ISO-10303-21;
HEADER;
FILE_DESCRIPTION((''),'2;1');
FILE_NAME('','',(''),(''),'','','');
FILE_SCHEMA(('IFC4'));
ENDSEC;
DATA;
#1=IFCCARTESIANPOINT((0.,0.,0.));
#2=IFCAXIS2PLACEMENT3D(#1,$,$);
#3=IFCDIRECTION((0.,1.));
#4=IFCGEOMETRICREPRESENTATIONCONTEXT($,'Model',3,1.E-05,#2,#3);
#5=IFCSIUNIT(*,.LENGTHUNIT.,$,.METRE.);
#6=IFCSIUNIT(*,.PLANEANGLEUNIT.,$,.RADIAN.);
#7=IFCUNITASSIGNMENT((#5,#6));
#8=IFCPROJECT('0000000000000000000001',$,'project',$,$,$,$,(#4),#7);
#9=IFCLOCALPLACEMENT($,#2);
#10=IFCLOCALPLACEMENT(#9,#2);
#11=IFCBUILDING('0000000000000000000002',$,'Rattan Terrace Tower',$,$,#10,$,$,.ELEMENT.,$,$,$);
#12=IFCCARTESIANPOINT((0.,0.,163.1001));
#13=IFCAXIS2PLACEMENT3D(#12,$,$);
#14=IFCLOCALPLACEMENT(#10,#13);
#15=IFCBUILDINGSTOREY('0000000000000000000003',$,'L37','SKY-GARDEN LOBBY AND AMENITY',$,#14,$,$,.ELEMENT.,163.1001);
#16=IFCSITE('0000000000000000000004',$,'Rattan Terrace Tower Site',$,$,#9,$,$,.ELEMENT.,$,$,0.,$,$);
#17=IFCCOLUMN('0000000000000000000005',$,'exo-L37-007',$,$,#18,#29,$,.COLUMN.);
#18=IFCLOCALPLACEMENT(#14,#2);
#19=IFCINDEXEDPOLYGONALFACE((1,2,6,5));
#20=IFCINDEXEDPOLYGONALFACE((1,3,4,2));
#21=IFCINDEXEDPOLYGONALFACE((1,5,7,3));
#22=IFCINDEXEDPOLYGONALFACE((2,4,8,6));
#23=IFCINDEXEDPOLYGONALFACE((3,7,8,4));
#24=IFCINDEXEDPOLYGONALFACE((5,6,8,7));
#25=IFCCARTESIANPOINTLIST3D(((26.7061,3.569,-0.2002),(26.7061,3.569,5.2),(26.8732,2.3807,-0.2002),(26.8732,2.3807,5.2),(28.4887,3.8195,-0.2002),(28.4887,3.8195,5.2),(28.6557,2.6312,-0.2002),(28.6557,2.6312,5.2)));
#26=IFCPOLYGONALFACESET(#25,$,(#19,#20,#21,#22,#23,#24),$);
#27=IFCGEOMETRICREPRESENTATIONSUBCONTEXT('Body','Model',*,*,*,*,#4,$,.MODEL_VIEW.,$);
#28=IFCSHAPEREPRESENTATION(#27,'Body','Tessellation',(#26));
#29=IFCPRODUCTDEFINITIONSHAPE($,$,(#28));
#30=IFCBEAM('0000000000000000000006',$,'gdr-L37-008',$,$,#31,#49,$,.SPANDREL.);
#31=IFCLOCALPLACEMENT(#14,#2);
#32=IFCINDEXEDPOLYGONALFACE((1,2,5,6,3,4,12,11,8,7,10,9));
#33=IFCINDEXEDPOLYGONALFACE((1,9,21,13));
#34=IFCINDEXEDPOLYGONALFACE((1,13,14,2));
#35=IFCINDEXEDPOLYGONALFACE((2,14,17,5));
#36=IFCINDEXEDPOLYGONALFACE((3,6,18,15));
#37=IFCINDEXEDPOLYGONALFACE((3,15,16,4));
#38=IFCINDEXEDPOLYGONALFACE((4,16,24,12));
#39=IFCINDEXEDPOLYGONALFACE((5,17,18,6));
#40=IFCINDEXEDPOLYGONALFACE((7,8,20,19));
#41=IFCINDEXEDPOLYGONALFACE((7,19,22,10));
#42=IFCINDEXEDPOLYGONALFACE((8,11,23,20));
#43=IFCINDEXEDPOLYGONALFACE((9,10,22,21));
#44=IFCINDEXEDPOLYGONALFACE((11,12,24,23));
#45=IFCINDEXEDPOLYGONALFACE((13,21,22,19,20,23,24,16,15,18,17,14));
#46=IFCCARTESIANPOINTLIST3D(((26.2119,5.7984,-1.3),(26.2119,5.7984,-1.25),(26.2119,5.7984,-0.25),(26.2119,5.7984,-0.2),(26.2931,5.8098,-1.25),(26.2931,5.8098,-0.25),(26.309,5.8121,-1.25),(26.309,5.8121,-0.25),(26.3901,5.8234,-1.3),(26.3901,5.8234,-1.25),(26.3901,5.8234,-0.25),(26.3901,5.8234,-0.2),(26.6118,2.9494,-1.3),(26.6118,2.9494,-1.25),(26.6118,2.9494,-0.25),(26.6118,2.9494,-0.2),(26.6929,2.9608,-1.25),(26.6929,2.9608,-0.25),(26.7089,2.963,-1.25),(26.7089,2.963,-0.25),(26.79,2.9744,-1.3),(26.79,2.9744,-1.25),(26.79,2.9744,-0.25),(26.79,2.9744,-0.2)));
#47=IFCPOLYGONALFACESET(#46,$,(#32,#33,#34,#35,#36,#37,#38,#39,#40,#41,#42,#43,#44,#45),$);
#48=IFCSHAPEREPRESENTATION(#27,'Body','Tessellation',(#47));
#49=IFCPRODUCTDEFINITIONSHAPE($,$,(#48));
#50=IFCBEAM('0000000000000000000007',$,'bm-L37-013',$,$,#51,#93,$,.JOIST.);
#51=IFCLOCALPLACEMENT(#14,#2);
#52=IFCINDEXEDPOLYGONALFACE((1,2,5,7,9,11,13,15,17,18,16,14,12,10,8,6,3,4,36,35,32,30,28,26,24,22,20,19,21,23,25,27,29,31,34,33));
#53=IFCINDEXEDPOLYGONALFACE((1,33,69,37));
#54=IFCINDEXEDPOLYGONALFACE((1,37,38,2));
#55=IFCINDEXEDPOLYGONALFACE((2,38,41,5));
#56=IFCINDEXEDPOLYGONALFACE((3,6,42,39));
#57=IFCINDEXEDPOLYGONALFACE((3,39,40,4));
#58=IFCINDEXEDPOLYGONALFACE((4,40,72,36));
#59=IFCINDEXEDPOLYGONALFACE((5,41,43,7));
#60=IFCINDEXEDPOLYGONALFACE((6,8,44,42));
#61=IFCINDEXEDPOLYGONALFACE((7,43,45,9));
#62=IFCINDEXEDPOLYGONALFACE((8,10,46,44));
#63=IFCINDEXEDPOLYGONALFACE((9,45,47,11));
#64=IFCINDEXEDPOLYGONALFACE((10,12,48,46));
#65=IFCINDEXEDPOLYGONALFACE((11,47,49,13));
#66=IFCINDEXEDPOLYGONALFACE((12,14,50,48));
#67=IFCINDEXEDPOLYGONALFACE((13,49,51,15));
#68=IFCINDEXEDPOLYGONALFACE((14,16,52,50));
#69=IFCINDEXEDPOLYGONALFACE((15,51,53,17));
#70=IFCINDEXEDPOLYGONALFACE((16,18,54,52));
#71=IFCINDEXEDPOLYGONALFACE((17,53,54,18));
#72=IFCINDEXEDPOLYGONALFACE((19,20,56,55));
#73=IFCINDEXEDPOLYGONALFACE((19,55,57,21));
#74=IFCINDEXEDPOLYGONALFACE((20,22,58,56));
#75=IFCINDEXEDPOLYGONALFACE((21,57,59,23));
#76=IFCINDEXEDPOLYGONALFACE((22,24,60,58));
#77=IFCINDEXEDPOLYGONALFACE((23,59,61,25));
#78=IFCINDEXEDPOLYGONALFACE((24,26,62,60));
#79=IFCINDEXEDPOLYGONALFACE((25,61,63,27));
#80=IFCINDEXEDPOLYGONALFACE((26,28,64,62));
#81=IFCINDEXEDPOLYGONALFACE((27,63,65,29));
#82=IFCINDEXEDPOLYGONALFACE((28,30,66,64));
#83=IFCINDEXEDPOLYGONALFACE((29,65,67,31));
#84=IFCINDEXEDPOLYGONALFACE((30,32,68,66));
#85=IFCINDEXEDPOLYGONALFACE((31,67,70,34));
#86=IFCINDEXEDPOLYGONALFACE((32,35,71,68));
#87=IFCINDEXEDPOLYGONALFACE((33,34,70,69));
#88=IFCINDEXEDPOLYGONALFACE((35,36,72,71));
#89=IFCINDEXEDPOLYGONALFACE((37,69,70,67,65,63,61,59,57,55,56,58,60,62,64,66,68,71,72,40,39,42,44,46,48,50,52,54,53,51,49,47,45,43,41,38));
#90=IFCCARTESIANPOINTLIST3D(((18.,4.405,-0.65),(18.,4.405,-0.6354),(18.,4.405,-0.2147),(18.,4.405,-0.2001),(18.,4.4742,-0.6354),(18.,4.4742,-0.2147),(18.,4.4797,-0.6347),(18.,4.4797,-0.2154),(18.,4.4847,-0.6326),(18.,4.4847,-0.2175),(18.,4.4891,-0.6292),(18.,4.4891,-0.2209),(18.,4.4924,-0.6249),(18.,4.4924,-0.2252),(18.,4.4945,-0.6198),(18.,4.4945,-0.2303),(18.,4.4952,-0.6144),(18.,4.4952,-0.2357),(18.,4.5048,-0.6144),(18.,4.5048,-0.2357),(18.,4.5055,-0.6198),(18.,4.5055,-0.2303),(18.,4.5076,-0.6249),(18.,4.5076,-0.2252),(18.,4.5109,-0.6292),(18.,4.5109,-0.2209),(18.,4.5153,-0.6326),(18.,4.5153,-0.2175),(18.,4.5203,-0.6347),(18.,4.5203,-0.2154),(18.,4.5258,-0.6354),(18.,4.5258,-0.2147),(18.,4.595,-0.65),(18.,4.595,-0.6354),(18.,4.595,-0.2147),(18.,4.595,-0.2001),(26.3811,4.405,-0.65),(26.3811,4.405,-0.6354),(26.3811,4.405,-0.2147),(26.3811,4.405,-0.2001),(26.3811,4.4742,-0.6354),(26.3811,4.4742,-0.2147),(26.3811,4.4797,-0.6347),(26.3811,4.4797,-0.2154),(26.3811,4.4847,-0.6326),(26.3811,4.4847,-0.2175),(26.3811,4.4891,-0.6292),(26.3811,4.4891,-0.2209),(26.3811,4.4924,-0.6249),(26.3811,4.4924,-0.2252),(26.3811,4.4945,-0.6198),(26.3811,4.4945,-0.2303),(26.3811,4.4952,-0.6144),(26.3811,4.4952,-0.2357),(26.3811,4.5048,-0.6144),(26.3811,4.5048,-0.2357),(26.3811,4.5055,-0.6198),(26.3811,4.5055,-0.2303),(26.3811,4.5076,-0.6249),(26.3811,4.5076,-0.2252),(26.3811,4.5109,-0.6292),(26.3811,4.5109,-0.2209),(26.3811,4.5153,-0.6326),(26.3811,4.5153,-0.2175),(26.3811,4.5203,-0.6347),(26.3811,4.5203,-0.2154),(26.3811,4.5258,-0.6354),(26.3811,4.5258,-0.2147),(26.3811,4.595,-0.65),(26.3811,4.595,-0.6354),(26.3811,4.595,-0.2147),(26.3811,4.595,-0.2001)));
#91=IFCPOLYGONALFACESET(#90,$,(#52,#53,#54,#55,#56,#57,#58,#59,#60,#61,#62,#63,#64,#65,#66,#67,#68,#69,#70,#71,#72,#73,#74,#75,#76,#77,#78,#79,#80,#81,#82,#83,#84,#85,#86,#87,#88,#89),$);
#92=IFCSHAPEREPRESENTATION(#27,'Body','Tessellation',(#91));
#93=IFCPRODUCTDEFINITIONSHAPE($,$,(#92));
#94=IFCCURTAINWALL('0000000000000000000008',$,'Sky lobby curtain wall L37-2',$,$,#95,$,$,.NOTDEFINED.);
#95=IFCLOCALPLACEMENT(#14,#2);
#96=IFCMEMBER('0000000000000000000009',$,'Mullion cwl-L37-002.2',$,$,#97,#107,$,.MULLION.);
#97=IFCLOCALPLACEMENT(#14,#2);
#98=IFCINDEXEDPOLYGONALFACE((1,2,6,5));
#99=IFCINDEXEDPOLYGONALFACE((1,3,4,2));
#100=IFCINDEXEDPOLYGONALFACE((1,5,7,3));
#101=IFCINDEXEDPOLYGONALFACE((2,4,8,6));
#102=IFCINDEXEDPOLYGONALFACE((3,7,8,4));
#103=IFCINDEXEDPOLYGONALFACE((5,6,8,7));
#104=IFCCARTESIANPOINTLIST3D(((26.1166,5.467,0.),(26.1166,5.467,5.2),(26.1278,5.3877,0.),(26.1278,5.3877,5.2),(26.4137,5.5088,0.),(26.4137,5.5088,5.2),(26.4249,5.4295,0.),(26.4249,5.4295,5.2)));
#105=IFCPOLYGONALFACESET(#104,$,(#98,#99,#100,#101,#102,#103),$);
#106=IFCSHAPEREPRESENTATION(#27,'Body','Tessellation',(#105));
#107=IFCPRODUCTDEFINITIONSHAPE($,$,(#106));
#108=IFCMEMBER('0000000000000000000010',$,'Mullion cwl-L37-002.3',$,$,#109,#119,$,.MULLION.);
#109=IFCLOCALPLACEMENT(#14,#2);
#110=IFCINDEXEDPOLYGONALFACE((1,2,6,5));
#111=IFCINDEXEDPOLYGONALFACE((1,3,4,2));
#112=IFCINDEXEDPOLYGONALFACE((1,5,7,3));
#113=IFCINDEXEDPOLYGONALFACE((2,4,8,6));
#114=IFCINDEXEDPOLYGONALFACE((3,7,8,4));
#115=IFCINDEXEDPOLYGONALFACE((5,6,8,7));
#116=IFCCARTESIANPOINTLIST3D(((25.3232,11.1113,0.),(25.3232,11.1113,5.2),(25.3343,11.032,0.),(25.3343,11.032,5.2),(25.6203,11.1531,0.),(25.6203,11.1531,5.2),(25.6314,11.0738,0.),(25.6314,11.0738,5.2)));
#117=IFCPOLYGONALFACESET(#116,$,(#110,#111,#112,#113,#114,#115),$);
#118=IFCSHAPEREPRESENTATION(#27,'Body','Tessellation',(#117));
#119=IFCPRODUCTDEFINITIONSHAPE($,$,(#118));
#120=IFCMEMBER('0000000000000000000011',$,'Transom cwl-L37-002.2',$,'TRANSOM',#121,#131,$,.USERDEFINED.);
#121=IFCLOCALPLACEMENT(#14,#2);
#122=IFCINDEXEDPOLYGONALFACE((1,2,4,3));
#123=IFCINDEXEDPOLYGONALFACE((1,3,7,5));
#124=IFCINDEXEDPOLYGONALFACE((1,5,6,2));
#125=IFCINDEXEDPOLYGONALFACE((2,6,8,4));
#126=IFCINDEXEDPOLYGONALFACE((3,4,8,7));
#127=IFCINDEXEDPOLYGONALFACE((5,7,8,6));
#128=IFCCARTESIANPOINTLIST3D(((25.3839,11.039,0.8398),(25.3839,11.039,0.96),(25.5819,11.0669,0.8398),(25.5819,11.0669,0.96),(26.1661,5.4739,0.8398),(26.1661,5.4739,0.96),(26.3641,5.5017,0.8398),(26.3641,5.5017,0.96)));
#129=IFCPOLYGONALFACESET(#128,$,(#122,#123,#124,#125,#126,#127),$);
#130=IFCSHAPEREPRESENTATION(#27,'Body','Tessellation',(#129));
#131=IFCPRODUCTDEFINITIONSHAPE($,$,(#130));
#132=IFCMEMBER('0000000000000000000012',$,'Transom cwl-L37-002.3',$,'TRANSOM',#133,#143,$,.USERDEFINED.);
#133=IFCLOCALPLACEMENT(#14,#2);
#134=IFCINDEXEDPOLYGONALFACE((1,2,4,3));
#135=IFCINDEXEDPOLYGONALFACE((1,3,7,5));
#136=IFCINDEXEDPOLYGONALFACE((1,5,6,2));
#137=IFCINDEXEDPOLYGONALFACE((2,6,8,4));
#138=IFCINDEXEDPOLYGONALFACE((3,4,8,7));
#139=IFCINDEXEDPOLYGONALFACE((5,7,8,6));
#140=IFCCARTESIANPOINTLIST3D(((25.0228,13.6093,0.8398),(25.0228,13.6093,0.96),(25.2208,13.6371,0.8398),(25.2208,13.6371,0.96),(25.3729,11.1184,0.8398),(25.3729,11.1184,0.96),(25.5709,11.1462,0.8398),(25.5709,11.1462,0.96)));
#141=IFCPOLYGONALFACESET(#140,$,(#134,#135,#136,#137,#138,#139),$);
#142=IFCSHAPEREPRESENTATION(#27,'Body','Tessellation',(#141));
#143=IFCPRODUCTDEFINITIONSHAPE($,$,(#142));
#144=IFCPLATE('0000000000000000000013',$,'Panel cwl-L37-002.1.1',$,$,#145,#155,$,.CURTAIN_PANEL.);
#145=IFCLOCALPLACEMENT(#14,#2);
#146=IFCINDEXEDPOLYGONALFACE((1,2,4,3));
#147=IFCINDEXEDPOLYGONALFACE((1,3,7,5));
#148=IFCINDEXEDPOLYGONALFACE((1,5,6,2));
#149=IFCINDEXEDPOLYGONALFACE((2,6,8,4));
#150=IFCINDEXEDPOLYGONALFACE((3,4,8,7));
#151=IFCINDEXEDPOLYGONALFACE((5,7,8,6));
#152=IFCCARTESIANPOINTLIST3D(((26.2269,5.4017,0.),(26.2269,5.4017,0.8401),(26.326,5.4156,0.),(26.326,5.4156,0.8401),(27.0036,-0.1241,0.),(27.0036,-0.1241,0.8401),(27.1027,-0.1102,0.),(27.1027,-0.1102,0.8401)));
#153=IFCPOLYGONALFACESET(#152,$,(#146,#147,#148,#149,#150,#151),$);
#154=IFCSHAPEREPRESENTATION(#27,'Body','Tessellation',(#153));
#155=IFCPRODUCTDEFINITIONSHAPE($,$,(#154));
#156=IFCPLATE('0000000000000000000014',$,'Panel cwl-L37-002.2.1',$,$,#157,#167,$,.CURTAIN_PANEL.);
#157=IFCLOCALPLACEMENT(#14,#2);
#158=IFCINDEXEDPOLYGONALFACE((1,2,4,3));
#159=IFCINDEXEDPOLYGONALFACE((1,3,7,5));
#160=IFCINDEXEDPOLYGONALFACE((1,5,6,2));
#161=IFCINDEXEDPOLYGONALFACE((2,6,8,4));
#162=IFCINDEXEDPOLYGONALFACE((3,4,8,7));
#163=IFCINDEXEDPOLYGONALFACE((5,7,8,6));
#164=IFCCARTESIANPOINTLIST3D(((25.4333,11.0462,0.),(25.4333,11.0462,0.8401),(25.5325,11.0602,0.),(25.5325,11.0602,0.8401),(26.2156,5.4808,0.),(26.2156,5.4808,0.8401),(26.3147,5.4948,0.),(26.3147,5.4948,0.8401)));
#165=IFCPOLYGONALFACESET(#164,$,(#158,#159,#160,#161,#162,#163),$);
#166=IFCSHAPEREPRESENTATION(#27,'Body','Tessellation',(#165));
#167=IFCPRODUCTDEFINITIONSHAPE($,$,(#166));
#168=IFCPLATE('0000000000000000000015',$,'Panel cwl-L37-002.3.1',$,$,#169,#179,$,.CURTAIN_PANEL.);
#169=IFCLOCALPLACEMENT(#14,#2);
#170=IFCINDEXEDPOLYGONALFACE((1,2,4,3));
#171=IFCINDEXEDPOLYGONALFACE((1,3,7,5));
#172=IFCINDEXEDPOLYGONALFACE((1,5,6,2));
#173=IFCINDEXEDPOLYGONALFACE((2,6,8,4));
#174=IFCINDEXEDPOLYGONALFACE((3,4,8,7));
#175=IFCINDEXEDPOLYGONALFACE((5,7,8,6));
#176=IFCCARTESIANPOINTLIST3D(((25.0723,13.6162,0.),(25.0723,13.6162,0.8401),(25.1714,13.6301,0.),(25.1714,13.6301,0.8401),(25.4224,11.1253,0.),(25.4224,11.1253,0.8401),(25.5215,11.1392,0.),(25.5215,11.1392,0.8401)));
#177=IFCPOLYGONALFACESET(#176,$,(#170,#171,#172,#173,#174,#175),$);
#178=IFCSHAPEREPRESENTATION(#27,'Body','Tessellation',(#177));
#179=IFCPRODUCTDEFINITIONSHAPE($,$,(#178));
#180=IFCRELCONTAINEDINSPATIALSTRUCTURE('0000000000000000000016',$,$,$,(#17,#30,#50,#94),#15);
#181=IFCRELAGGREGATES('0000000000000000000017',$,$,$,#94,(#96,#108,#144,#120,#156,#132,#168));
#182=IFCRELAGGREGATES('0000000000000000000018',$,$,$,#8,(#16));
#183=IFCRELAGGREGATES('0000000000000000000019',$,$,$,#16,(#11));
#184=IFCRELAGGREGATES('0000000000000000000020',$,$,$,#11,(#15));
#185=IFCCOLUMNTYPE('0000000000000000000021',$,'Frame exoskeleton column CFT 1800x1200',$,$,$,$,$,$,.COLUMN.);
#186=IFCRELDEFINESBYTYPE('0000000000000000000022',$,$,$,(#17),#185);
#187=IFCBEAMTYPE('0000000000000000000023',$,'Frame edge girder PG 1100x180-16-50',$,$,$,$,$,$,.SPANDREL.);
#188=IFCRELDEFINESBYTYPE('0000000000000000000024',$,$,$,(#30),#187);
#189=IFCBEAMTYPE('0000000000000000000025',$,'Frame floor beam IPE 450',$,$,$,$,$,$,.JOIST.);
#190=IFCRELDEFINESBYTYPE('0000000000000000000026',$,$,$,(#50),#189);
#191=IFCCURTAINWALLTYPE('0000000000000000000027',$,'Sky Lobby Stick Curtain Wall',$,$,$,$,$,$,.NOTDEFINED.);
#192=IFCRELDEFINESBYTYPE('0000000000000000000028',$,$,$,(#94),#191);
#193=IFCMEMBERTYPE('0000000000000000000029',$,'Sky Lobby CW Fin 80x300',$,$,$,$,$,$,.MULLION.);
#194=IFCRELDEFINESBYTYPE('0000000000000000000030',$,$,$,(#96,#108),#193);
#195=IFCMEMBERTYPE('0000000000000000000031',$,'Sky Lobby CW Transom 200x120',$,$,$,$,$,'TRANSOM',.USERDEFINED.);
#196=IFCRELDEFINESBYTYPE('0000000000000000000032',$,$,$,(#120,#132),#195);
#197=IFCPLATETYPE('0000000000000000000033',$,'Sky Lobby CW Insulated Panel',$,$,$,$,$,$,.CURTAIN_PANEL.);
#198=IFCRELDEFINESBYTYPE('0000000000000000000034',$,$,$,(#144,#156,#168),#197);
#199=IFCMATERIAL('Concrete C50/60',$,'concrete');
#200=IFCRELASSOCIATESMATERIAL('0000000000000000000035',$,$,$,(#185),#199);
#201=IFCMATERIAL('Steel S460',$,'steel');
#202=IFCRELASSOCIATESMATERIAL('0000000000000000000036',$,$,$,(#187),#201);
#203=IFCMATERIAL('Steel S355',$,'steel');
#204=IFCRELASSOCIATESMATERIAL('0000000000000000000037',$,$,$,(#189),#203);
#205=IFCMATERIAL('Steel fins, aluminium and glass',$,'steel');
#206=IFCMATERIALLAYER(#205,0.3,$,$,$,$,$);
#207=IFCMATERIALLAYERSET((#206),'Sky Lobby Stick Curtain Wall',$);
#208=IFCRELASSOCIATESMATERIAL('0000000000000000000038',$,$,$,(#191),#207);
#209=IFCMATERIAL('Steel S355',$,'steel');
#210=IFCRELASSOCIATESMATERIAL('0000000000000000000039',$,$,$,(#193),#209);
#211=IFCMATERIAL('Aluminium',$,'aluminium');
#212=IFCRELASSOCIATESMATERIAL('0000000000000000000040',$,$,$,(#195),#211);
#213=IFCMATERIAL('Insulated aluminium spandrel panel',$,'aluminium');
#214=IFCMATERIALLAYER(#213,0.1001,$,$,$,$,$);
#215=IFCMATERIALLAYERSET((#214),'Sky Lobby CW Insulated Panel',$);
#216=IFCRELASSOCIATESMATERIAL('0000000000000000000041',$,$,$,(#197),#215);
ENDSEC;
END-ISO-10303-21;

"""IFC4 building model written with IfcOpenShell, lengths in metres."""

from ifc_helpers import new_model, si_unit, direction, frame, origin, origin_2d, place, context, subcontext, project, spatial, rectangle, i_section, extrude, material, layer, layer_set, material_profile, profile_set, type_object, element, aggregate, save


model = new_model("IFC4")

# Units and contexts
model_context = context("Model", 3, precision=1e-05, world=origin(), true_north=direction((0.0, 1.0)))
body_context = subcontext(model_context, "Body", "Model", "MODEL_VIEW")
ifc_project = project(units=[si_unit("LENGTHUNIT", "METRE"), si_unit("PLANEANGLEUNIT", "RADIAN")], contexts=[model_context])

# Site, building, storey
site_placement = place(None, origin())
site = spatial("IfcSite", under=ifc_project, at=site_placement, Name="Rattan Terrace Tower Site", CompositionType="ELEMENT", RefElevation=0.0)
building_placement = place(site_placement, origin())
building = spatial("IfcBuilding", under=site, at=building_placement, Name="Rattan Terrace Tower", CompositionType="ELEMENT")
storey_placement = place(building_placement, frame((0.0, 0.0, 163.1001)))
storey = spatial("IfcBuildingStorey", under=building, at=storey_placement, Name="L37", Description="SKY-GARDEN LOBBY AND AMENITY", CompositionType="ELEMENT", Elevation=163.1001)

# Column
ifc_material_1 = material(Name="Concrete C50/60", Category="concrete")
ifc_material_profile_1 = material_profile(ifc_material_1, rectangle(XDim=1.2, YDim=1.8, at=origin_2d()), Name="CFT 1800x1200")
ifc_profile_set_1 = profile_set([ifc_material_profile_1], Name="Concrete C50/60")
column_type = type_object("IfcColumnType", Name="Frame exoskeleton column CFT 1800x1200", PredefinedType="COLUMN", material=ifc_profile_set_1)
column_placement = place(storey_placement, frame((27.6809, 3.1001, -0.2002), z_axis=(0.0, 0.0, 1.0), x_axis=(-0.13919, 0.990266, 0.0)))
element("IfcColumn", 1, at=column_placement, inside=storey, type_object=column_type, Name="exo-L37-007", PredefinedType="COLUMN", context=body_context, shape_type="SweptSolid", body=[
    extrude(rectangle(XDim=1.2, YDim=1.8, at=origin_2d()), origin(), (0.0, 0.0, 1.0), 5.4001),
])

# Beams
ifc_material_2 = material(Name="Steel S460", Category="steel")
ifc_material_profile_2 = material_profile(ifc_material_2, i_section(OverallWidth=0.1799, OverallDepth=1.1001, WebThickness=0.0161, FlangeThickness=0.05, at=origin_2d()), Name="PG 1100x180-16-50")
ifc_profile_set_2 = profile_set([ifc_material_profile_2], Name="Steel S460")
beam_type_1 = type_object("IfcBeamType", Name="Frame edge girder PG 1100x180-16-50", PredefinedType="SPANDREL", material=ifc_profile_set_2)
beam_1_placement = place(storey_placement, frame((26.7009, 2.9619, -0.75), z_axis=(-0.138997, 0.990293, 0.0), x_axis=(-0.990293, -0.138997, 0.0)))
element("IfcBeam", 2, at=beam_1_placement, inside=storey, type_object=beam_type_1, Name="gdr-L37-008", PredefinedType="SPANDREL", context=body_context, shape_type="SweptSolid", body=[
    extrude(i_section(OverallWidth=0.1799, OverallDepth=1.1001, WebThickness=0.0161, FlangeThickness=0.05, at=origin_2d()), origin(), (0.0, 0.0, 1.0), 2.877),
])
ifc_material_3 = material(Name="Steel S355", Category="steel")
ifc_material_profile_3 = material_profile(ifc_material_3, i_section(OverallWidth=0.1899, OverallDepth=0.45, WebThickness=0.0095, FlangeThickness=0.0146, FilletRadius=0.021, at=origin_2d()), Name="IPE 450")
ifc_profile_set_3 = profile_set([ifc_material_profile_3], Name="Steel S355")
beam_type_2 = type_object("IfcBeamType", Name="Frame floor beam IPE 450", PredefinedType="JOIST", material=ifc_profile_set_3)
beam_2_placement = place(storey_placement, frame((18.0, 4.5, -0.425), z_axis=(1.0, 0.0, 0.0), x_axis=(0.0, 1.0, 0.0)))
element("IfcBeam", 3, at=beam_2_placement, inside=storey, type_object=beam_type_2, Name="bm-L37-013", PredefinedType="JOIST", context=body_context, shape_type="SweptSolid", body=[
    extrude(i_section(OverallWidth=0.1899, OverallDepth=0.45, WebThickness=0.0095, FlangeThickness=0.0146, FilletRadius=0.021, at=origin_2d()), origin(), (0.0, 0.0, 1.0), 8.3811),
])

# Curtain wall, members, plates
ifc_material_4 = material(Name="Steel fins, aluminium and glass", Category="steel")
ifc_layer_1 = layer(ifc_material_4, 0.3)
ifc_layer_set_1 = layer_set([ifc_layer_1], Name="Sky Lobby Stick Curtain Wall")
curtain_wall_type = type_object("IfcCurtainWallType", Name="Sky Lobby Stick Curtain Wall", PredefinedType="NOTDEFINED", material=ifc_layer_set_1)
curtain_wall_placement = place(storey_placement, origin())
curtain_wall = element("IfcCurtainWall", 4, at=curtain_wall_placement, inside=storey, type_object=curtain_wall_type, Name="Sky lobby curtain wall L37-2", PredefinedType="NOTDEFINED")
ifc_material_5 = material(Name="Steel S355", Category="steel")
ifc_material_profile_4 = material_profile(ifc_material_5, rectangle(XDim=0.0801, YDim=0.3, at=origin_2d()), Name="Steel S355 80x300")
ifc_profile_set_4 = profile_set([ifc_material_profile_4], Name="Steel S355")
member_type_1 = type_object("IfcMemberType", Name="Sky Lobby CW Fin 80x300", PredefinedType="MULLION", material=ifc_profile_set_4)
member_1_placement = place(storey_placement, frame((26.2708, 5.4482, 0.0), z_axis=(0.0, 0.0, 1.0), x_axis=(-0.139191, 0.990266, 0.0)))
member_1 = element("IfcMember", 5, at=member_1_placement, type_object=member_type_1, Name="Mullion cwl-L37-002.2", PredefinedType="MULLION", context=body_context, shape_type="SweptSolid", body=[
    extrude(rectangle(XDim=0.0801, YDim=0.3, at=origin_2d()), origin(), (0.0, 0.0, 1.0), 5.2),
])
member_2_placement = place(storey_placement, frame((25.4773, 11.0925, 0.0), z_axis=(0.0, 0.0, 1.0), x_axis=(-0.139191, 0.990266, 0.0)))
member_2 = element("IfcMember", 6, at=member_2_placement, type_object=member_type_1, Name="Mullion cwl-L37-002.3", PredefinedType="MULLION", context=body_context, shape_type="SweptSolid", body=[
    extrude(rectangle(XDim=0.0801, YDim=0.3, at=origin_2d()), origin(), (0.0, 0.0, 1.0), 5.2),
])
ifc_material_6 = material(Name="Aluminium", Category="aluminium")
ifc_material_profile_5 = material_profile(ifc_material_6, rectangle(XDim=0.2, YDim=0.1201, at=origin_2d()), Name="Aluminium 200x120")
ifc_profile_set_5 = profile_set([ifc_material_profile_5], Name="Aluminium")
member_type_2 = type_object("IfcMemberType", Name="Sky Lobby CW Transom 200x120", ElementType="TRANSOM", PredefinedType="USERDEFINED", material=ifc_profile_set_5)
member_3_placement = place(storey_placement, frame((26.2651, 5.4878, 0.8999), z_axis=(-0.139189, 0.990266, 0.0), x_axis=(-0.990266, -0.139189, 0.0)))
member_3 = element("IfcMember", 7, at=member_3_placement, type_object=member_type_2, Name="Transom cwl-L37-002.2", ObjectType="TRANSOM", PredefinedType="USERDEFINED", context=body_context, shape_type="SweptSolid", body=[
    extrude(rectangle(XDim=0.2, YDim=0.1201, at=origin_2d()), origin(), (0.0, 0.0, 1.0), 5.6199),
])
member_4_placement = place(storey_placement, frame((25.4719, 11.1323, 0.8999), z_axis=(-0.139179, 0.990267, 0.0), x_axis=(-0.990267, -0.139179, 0.0)))
member_4 = element("IfcMember", 8, at=member_4_placement, type_object=member_type_2, Name="Transom cwl-L37-002.3", ObjectType="TRANSOM", PredefinedType="USERDEFINED", context=body_context, shape_type="SweptSolid", body=[
    extrude(rectangle(XDim=0.2, YDim=0.1201, at=origin_2d()), origin(), (0.0, 0.0, 1.0), 2.5154),
])
ifc_material_7 = material(Name="Insulated aluminium spandrel panel", Category="aluminium")
ifc_layer_2 = layer(ifc_material_7, 0.1001)
ifc_layer_set_2 = layer_set([ifc_layer_2], Name="Sky Lobby CW Insulated Panel")
plate_type_1 = type_object("IfcPlateType", Name="Sky Lobby CW Insulated Panel", PredefinedType="CURTAIN_PANEL", material=ifc_layer_set_2)
plate_1_placement = place(storey_placement, frame((26.6648, 2.6458, 0.0), z_axis=(0.0, 0.0, 1.0), x_axis=(-0.139191, 0.990266, 0.0)))
plate_1 = element("IfcPlate", 9, at=plate_1_placement, type_object=plate_type_1, Name="Panel cwl-L37-002.1.1", PredefinedType="CURTAIN_PANEL", context=body_context, shape_type="SweptSolid", body=[
    extrude(rectangle(XDim=5.5801, YDim=0.1001, at=origin_2d()), origin(), (0.0, 0.0, 1.0), 0.8401),
])
plate_2_placement = place(storey_placement, frame((25.874, 8.2705, 0.0), z_axis=(0.0, 0.0, 1.0), x_axis=(-0.139191, 0.990266, 0.0)))
plate_2 = element("IfcPlate", 10, at=plate_2_placement, type_object=plate_type_1, Name="Panel cwl-L37-002.2.1", PredefinedType="CURTAIN_PANEL", context=body_context, shape_type="SweptSolid", body=[
    extrude(rectangle(XDim=5.6201, YDim=0.1001, at=origin_2d()), origin(), (0.0, 0.0, 1.0), 0.8401),
])
plate_3_placement = place(storey_placement, frame((25.2969, 12.3777, 0.0), z_axis=(0.0, 0.0, 1.0), x_axis=(-0.139191, 0.990266, 0.0)))
plate_3 = element("IfcPlate", 11, at=plate_3_placement, type_object=plate_type_1, Name="Panel cwl-L37-002.3.1", PredefinedType="CURTAIN_PANEL", context=body_context, shape_type="SweptSolid", body=[
    extrude(rectangle(XDim=2.5154, YDim=0.1001, at=origin_2d()), origin(), (0.0, 0.0, 1.0), 0.8401),
])
aggregate(curtain_wall, [member_1, member_2, plate_1, member_3, plate_2, member_4, plate_3])

save(model, "model.ifc")
